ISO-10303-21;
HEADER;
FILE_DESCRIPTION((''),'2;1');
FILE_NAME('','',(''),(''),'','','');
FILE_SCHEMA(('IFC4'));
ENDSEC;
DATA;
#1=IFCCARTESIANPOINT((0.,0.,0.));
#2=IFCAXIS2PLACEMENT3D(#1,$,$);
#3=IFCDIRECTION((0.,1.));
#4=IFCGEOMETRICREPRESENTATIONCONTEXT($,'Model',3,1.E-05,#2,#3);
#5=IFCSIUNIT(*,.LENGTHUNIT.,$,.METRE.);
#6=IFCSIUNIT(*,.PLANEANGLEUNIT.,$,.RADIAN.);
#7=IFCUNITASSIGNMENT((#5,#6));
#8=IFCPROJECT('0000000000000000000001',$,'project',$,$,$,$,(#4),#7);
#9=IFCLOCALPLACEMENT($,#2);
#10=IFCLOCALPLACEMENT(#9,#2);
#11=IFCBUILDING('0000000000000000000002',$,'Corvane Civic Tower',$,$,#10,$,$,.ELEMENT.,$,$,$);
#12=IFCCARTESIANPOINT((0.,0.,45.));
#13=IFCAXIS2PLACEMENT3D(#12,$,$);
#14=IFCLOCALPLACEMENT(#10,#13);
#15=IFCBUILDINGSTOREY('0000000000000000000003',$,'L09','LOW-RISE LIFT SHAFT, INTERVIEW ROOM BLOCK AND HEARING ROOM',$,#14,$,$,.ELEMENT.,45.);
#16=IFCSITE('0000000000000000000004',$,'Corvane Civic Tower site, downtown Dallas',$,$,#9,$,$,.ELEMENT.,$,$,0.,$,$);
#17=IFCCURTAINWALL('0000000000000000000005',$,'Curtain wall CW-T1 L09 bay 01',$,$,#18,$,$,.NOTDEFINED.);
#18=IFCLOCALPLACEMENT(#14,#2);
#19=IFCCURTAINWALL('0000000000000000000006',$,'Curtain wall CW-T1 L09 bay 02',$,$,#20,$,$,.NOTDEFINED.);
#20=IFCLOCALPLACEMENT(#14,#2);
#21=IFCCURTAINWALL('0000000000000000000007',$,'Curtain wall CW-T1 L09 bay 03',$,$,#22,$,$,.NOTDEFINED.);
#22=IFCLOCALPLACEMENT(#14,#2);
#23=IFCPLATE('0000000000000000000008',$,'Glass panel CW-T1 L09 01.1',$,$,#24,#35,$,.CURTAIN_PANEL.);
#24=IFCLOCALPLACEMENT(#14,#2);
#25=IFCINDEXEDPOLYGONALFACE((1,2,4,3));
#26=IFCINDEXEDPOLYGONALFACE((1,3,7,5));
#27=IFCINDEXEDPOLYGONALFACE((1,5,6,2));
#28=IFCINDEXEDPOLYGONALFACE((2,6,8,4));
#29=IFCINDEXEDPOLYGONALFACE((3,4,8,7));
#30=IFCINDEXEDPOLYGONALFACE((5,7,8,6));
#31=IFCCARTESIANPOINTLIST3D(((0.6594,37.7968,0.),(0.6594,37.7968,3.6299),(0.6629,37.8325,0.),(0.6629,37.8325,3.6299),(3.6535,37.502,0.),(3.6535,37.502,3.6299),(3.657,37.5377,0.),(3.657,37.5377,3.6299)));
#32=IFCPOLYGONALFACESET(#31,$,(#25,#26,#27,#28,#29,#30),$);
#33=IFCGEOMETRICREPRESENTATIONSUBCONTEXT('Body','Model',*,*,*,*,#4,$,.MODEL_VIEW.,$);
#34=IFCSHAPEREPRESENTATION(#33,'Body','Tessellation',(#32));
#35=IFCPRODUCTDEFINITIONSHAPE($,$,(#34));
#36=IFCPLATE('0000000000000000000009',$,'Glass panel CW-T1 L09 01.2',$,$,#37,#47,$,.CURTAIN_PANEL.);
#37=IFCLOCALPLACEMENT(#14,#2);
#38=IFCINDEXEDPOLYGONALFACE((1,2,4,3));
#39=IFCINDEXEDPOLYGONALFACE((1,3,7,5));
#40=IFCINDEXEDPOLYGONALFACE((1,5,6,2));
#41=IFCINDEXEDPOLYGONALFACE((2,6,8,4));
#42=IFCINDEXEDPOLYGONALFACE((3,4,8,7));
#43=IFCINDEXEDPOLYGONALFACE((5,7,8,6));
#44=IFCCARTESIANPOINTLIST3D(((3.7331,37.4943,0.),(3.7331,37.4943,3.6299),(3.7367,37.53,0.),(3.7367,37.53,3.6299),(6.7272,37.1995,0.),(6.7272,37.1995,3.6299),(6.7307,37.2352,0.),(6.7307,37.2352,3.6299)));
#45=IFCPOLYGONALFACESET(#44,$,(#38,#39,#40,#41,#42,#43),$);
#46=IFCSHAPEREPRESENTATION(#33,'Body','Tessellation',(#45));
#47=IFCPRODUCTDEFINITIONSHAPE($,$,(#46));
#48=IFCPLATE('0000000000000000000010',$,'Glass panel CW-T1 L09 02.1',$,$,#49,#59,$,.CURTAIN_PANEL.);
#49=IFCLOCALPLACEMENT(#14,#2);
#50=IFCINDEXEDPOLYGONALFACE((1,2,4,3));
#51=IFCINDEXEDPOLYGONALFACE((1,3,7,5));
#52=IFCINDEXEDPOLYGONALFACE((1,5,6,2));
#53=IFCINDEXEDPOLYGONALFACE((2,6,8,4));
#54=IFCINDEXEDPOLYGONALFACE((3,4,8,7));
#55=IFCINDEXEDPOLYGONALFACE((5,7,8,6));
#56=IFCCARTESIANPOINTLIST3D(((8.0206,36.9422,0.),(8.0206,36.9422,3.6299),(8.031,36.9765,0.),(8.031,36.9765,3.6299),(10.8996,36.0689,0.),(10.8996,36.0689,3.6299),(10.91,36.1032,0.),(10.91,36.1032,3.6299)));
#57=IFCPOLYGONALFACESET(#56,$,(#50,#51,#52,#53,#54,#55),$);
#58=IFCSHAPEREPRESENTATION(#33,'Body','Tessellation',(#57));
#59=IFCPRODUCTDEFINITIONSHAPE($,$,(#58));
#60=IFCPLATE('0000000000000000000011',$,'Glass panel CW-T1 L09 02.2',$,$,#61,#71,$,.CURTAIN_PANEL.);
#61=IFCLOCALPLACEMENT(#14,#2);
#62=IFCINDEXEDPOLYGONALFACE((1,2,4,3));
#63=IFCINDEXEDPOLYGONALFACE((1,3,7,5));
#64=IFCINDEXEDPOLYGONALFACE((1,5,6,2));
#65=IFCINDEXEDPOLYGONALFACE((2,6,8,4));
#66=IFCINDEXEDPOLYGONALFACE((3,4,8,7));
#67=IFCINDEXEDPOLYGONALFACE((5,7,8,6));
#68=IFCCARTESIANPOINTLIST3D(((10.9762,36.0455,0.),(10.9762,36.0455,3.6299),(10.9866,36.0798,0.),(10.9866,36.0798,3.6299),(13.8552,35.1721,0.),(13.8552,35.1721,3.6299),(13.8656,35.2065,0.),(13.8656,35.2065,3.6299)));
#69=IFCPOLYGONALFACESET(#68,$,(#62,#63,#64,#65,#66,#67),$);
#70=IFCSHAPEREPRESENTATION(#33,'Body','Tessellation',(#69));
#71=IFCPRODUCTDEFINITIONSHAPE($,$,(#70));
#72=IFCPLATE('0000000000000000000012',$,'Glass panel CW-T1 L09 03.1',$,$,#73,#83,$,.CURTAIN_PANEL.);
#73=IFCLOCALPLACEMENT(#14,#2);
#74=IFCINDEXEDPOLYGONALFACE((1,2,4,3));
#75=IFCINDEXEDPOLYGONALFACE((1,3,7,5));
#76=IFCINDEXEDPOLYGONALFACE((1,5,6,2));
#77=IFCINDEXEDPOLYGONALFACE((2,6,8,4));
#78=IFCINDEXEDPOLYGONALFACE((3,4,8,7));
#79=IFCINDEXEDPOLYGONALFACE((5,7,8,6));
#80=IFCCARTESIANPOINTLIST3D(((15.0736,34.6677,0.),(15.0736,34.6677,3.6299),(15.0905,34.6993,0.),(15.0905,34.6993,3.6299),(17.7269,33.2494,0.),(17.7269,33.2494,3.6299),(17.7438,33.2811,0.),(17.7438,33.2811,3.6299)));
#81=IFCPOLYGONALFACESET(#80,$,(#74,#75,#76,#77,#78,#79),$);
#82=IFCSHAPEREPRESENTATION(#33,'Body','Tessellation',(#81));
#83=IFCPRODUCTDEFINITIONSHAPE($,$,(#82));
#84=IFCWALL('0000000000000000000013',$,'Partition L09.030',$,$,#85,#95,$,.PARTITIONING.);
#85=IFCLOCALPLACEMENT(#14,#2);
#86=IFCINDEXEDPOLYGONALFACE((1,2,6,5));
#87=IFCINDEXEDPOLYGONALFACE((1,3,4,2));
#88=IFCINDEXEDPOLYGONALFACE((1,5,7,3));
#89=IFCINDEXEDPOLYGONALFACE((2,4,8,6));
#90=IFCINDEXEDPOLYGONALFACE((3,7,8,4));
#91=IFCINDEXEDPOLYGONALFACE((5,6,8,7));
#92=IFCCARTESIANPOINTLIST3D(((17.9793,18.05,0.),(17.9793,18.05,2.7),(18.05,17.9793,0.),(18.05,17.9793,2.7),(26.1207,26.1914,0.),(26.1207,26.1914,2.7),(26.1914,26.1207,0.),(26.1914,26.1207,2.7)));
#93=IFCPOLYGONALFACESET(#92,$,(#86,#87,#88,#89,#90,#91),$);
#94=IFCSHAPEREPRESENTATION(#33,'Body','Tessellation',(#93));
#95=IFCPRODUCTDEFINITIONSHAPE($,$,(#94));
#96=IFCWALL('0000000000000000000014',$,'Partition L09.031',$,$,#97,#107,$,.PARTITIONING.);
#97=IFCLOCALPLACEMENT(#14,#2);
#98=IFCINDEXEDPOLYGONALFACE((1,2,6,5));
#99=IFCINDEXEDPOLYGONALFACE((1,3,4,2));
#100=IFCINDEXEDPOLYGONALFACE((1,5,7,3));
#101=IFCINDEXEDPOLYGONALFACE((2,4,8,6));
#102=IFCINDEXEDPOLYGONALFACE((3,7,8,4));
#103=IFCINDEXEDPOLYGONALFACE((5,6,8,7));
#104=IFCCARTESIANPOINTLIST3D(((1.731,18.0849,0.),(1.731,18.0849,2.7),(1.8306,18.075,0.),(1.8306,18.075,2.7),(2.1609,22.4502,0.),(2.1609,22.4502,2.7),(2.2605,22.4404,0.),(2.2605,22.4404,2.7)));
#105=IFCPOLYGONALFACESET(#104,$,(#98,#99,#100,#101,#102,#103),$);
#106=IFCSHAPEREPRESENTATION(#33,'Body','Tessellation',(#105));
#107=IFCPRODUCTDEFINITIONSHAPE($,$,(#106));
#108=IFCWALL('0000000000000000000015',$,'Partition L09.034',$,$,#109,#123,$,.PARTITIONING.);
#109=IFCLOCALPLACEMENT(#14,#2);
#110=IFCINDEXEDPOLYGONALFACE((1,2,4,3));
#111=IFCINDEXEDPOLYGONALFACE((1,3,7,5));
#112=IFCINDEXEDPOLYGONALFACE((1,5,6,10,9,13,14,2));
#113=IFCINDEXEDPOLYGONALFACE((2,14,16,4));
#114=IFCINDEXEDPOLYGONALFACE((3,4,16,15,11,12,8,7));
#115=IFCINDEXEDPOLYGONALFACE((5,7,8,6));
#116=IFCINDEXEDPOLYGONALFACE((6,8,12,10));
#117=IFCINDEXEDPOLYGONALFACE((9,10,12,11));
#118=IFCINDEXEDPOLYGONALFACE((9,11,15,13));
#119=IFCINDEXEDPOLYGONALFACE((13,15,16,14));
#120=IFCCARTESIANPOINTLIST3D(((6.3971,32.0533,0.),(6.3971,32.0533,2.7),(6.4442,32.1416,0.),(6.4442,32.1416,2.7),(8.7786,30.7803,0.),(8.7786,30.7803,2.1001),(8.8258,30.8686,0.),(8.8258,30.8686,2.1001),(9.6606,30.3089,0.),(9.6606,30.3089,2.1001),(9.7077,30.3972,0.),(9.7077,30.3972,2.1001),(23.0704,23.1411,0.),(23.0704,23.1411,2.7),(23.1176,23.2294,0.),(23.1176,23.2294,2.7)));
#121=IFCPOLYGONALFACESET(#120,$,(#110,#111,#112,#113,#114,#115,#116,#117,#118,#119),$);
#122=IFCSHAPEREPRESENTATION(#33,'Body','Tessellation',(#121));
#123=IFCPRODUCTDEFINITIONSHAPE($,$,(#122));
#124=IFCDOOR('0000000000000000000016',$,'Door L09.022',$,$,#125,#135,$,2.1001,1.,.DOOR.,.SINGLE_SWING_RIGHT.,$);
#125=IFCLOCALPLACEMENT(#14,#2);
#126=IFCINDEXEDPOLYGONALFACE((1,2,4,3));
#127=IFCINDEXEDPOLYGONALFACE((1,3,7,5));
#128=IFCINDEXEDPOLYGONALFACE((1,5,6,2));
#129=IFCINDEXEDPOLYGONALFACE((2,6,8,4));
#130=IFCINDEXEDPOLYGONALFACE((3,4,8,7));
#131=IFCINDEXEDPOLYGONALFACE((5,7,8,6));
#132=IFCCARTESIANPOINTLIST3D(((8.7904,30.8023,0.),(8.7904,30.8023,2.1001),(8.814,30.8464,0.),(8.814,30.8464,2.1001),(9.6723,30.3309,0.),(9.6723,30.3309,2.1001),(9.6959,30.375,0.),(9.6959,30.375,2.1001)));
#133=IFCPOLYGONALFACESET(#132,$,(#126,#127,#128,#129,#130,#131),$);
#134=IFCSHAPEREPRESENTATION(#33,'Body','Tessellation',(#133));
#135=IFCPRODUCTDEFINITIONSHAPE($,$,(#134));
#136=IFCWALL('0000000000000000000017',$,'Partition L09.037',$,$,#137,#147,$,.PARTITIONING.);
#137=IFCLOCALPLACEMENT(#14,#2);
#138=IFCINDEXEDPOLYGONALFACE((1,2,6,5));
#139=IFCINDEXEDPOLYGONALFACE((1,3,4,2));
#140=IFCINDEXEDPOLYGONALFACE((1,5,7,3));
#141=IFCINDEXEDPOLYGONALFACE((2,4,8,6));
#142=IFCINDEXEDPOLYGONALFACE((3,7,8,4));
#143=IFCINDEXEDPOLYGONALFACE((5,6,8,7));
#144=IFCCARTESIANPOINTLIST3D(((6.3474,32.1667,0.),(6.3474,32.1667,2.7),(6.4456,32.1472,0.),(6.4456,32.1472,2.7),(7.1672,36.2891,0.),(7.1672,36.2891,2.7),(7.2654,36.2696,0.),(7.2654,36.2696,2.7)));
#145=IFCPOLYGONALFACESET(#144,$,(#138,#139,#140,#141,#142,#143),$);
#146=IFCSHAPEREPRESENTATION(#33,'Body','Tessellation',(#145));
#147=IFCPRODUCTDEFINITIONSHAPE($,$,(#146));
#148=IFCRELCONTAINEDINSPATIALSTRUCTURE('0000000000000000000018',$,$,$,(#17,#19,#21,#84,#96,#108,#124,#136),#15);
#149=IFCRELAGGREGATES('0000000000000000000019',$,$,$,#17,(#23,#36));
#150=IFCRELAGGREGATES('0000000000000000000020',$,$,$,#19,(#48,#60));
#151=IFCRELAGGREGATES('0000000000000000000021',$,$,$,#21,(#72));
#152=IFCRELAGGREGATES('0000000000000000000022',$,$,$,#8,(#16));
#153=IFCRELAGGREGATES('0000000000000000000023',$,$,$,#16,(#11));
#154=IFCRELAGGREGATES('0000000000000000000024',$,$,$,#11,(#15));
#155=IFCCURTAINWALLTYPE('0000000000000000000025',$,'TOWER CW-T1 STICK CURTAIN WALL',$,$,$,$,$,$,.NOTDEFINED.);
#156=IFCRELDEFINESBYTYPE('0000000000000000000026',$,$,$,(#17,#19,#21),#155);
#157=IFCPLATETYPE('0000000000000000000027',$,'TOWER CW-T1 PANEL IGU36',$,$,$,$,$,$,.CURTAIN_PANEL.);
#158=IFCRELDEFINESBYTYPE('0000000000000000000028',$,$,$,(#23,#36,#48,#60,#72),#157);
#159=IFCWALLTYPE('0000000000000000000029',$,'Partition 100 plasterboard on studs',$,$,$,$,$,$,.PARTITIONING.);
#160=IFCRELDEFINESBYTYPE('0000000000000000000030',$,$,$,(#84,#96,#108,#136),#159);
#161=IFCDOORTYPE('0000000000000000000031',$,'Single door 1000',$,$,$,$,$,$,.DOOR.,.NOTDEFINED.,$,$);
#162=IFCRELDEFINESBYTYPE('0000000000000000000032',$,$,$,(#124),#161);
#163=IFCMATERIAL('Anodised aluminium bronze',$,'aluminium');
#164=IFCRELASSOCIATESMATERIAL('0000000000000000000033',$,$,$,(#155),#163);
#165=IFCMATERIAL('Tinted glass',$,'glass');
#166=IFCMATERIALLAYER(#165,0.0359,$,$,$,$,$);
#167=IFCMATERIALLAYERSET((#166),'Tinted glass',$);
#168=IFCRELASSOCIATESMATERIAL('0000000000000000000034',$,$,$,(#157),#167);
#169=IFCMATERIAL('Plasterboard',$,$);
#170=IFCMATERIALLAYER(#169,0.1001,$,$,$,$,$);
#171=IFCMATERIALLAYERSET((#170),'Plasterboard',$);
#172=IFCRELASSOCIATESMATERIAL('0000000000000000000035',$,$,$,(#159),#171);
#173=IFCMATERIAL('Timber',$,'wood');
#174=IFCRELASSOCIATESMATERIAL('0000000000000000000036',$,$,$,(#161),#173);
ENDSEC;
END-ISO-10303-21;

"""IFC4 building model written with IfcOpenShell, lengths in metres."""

from ifc_helpers import new_model, si_unit, direction, frame, frame_2d, origin, origin_2d, place, context, subcontext, project, spatial, rectangle, extrude, material, layer, layer_set, type_object, element, fill, aggregate, save


model = new_model("IFC4")

# Units and contexts
model_context = context("Model", 3, precision=1e-05, world=origin(), true_north=direction((0.0, 1.0)))
body_context = subcontext(model_context, "Body", "Model", "MODEL_VIEW")
ifc_project = project(units=[si_unit("LENGTHUNIT", "METRE"), si_unit("PLANEANGLEUNIT", "RADIAN")], contexts=[model_context])

# Site, building, storey
site_placement = place(None, origin())
site = spatial("IfcSite", under=ifc_project, at=site_placement, Name="Corvane Civic Tower site, downtown Dallas", CompositionType="ELEMENT", RefElevation=0.0)
building_placement = place(site_placement, origin())
building = spatial("IfcBuilding", under=site, at=building_placement, Name="Corvane Civic Tower", CompositionType="ELEMENT")
storey_placement = place(building_placement, frame((0.0, 0.0, 45.0)))
storey = spatial("IfcBuildingStorey", under=building, at=storey_placement, Name="L09", Description="LOW-RISE LIFT SHAFT, INTERVIEW ROOM BLOCK AND HEARING ROOM", CompositionType="ELEMENT", Elevation=45.0)

# Curtain walls
ifc_material_1 = material(Name="Anodised aluminium bronze", Category="aluminium")
curtain_wall_type = type_object("IfcCurtainWallType", Name="TOWER CW-T1 STICK CURTAIN WALL", PredefinedType="NOTDEFINED", material=ifc_material_1)
curtain_wall_1_placement = place(storey_placement, origin())
curtain_wall_1 = element("IfcCurtainWall", 1, at=curtain_wall_1_placement, inside=storey, type_object=curtain_wall_type, Name="Curtain wall CW-T1 L09 bay 01", PredefinedType="NOTDEFINED")
curtain_wall_2_placement = place(storey_placement, origin())
curtain_wall_2 = element("IfcCurtainWall", 2, at=curtain_wall_2_placement, inside=storey, type_object=curtain_wall_type, Name="Curtain wall CW-T1 L09 bay 02", PredefinedType="NOTDEFINED")
curtain_wall_3_placement = place(storey_placement, origin())
curtain_wall_3 = element("IfcCurtainWall", 3, at=curtain_wall_3_placement, inside=storey, type_object=curtain_wall_type, Name="Curtain wall CW-T1 L09 bay 03", PredefinedType="NOTDEFINED")

# Plates
ifc_material_2 = material(Name="Tinted glass", Category="glass")
ifc_layer_1 = layer(ifc_material_2, 0.0359)
ifc_layer_set_1 = layer_set([ifc_layer_1], Name="Tinted glass")
plate_type = type_object("IfcPlateType", Name="TOWER CW-T1 PANEL IGU36", PredefinedType="CURTAIN_PANEL", material=ifc_layer_set_1)
plate_1_placement = place(storey_placement, frame((2.1582, 37.6672, 0.0), z_axis=(0.0, 0.0, 1.0), x_axis=(0.995186, -0.098006, 0.0)))
plate_1 = element("IfcPlate", 4, at=plate_1_placement, type_object=plate_type, Name="Glass panel CW-T1 L09 01.1", PredefinedType="CURTAIN_PANEL", context=body_context, shape_type="SweptSolid", body=[
    extrude(rectangle(XDim=3.0085, YDim=0.0359, at=origin_2d()), origin(), (0.0, 0.0, 1.0), 3.6299),
])
plate_2_placement = place(storey_placement, frame((5.2319, 37.3647, 0.0), z_axis=(0.0, 0.0, 1.0), x_axis=(0.995186, -0.098006, 0.0)))
plate_2 = element("IfcPlate", 5, at=plate_2_placement, type_object=plate_type, Name="Glass panel CW-T1 L09 01.2", PredefinedType="CURTAIN_PANEL", context=body_context, shape_type="SweptSolid", body=[
    extrude(rectangle(XDim=3.0085, YDim=0.0359, at=origin_2d()), origin(), (0.0, 0.0, 1.0), 3.6299),
])
aggregate(curtain_wall_1, [plate_1, plate_2])
plate_3_placement = place(storey_placement, frame((9.4653, 36.5227, 0.0), z_axis=(0.0, 0.0, 1.0), x_axis=(0.956942, -0.290278, 0.0)))
plate_3 = element("IfcPlate", 6, at=plate_3_placement, type_object=plate_type, Name="Glass panel CW-T1 L09 02.1", PredefinedType="CURTAIN_PANEL", context=body_context, shape_type="SweptSolid", body=[
    extrude(rectangle(XDim=3.0085, YDim=0.0359, at=origin_2d()), origin(), (0.0, 0.0, 1.0), 3.6299),
])
plate_4_placement = place(storey_placement, frame((12.4209, 35.626, 0.0), z_axis=(0.0, 0.0, 1.0), x_axis=(0.956942, -0.290278, 0.0)))
plate_4 = element("IfcPlate", 7, at=plate_4_placement, type_object=plate_type, Name="Glass panel CW-T1 L09 02.2", PredefinedType="CURTAIN_PANEL", context=body_context, shape_type="SweptSolid", body=[
    extrude(rectangle(XDim=3.0085, YDim=0.0359, at=origin_2d()), origin(), (0.0, 0.0, 1.0), 3.6299),
])
aggregate(curtain_wall_2, [plate_3, plate_4])
plate_5_placement = place(storey_placement, frame((16.4087, 33.9744, 0.0), z_axis=(0.0, 0.0, 1.0), x_axis=(0.881918, -0.471404, 0.0)))
plate_5 = element("IfcPlate", 8, at=plate_5_placement, type_object=plate_type, Name="Glass panel CW-T1 L09 03.1", PredefinedType="CURTAIN_PANEL", context=body_context, shape_type="SweptSolid", body=[
    extrude(rectangle(XDim=3.0085, YDim=0.0359, at=origin_2d()), origin(), (0.0, 0.0, 1.0), 3.6299),
])
aggregate(curtain_wall_3, [plate_5])

# Walls
ifc_material_3 = material(Name="Plasterboard")
ifc_layer_2 = layer(ifc_material_3, 0.1001)
ifc_layer_set_2 = layer_set([ifc_layer_2], Name="Plasterboard")
wall_type = type_object("IfcWallType", Name="Partition 100 plasterboard on studs", PredefinedType="PARTITIONING", material=ifc_layer_set_2)
wall_1_placement = place(storey_placement, frame((18.0146, 18.0146, 0.0), z_axis=(0.0, 0.0, 1.0), x_axis=(0.707107, 0.707107, 0.0)))
element("IfcWall", 9, at=wall_1_placement, inside=storey, type_object=wall_type, Name="Partition L09.030", PredefinedType="PARTITIONING", context=body_context, shape_type="SweptSolid", body=[
    extrude(rectangle(XDim=11.5137, YDim=0.1001, at=frame_2d((5.7568, 0.0))), origin(), (0.0, 0.0, 1.0), 2.7),
])
wall_2_placement = place(storey_placement, frame((1.7808, 18.0798, 0.0), z_axis=(0.0, 0.0, 1.0), x_axis=(0.098016, 0.995185, 0.0)))
element("IfcWall", 10, at=wall_2_placement, inside=storey, type_object=wall_type, Name="Partition L09.031", PredefinedType="PARTITIONING", context=body_context, shape_type="SweptSolid", body=[
    extrude(rectangle(XDim=4.3865, YDim=0.1001, at=frame_2d((2.1934, 0.0))), origin(), (0.0, 0.0, 1.0), 2.7),
])

# Wall, opening, door
wall_3_placement = place(storey_placement, frame((6.4207, 32.0974, 0.0), z_axis=(0.0, 0.0, 1.0), x_axis=(0.881921, -0.471398, 0.0)))
wall_3 = element("IfcWall", 11, at=wall_3_placement, inside=storey, type_object=wall_type, Name="Partition L09.034", PredefinedType="PARTITIONING", context=body_context, shape_type="SweptSolid", body=[
    extrude(rectangle(XDim=18.9058, YDim=0.1001, at=frame_2d((9.4529, 0.0))), origin(), (0.0, 0.0, 1.0), 2.7),
])
opening_placement = place(wall_3_placement, frame((2.7004, 0.0, 0.0)))
opening = element("IfcOpeningElement", 12, at=opening_placement, cuts=wall_3, PredefinedType="OPENING", context=body_context, shape_type="SweptSolid", body=[
    extrude(rectangle(XDim=1.0, YDim=2.1001, at=frame_2d((0.5, 1.05))), frame((0.0, 0.0601, 0.0), z_axis=(0.0, -1.0, 0.0), x_axis=(1.0, 0.0, 0.0)), (0.0, 0.0, 1.0), 0.1201),
])
ifc_material_4 = material(Name="Timber", Category="wood")
door_type = type_object("IfcDoorType", Name="Single door 1000", OperationType="NOTDEFINED", PredefinedType="DOOR", material=ifc_material_4)
door_placement = place(opening_placement, origin())
door = element("IfcDoor", 13, at=door_placement, inside=storey, type_object=door_type, Name="Door L09.022", OperationType="SINGLE_SWING_RIGHT", OverallHeight=2.1001, OverallWidth=1.0, PredefinedType="DOOR", context=body_context, shape_type="SweptSolid", body=[
    extrude(rectangle(XDim=1.0, YDim=2.1001, at=frame_2d((0.5, 1.05))), frame((0.0, 0.0249, 0.0), z_axis=(0.0, -1.0, 0.0), x_axis=(1.0, 0.0, 0.0)), (0.0, 0.0, 1.0), 0.05),
])
fill(opening, door)

# Wall
wall_4_placement = place(storey_placement, frame((6.3965, 32.157, 0.0), z_axis=(0.0, 0.0, 1.0), x_axis=(0.195055, 0.980792, 0.0)))
element("IfcWall", 14, at=wall_4_placement, inside=storey, type_object=wall_type, Name="Partition L09.037", PredefinedType="PARTITIONING", context=body_context, shape_type="SweptSolid", body=[
    extrude(rectangle(XDim=4.2031, YDim=0.1001, at=frame_2d((2.1016, 0.0))), origin(), (0.0, 0.0, 1.0), 2.7),
])

save(model, "model.ifc")
